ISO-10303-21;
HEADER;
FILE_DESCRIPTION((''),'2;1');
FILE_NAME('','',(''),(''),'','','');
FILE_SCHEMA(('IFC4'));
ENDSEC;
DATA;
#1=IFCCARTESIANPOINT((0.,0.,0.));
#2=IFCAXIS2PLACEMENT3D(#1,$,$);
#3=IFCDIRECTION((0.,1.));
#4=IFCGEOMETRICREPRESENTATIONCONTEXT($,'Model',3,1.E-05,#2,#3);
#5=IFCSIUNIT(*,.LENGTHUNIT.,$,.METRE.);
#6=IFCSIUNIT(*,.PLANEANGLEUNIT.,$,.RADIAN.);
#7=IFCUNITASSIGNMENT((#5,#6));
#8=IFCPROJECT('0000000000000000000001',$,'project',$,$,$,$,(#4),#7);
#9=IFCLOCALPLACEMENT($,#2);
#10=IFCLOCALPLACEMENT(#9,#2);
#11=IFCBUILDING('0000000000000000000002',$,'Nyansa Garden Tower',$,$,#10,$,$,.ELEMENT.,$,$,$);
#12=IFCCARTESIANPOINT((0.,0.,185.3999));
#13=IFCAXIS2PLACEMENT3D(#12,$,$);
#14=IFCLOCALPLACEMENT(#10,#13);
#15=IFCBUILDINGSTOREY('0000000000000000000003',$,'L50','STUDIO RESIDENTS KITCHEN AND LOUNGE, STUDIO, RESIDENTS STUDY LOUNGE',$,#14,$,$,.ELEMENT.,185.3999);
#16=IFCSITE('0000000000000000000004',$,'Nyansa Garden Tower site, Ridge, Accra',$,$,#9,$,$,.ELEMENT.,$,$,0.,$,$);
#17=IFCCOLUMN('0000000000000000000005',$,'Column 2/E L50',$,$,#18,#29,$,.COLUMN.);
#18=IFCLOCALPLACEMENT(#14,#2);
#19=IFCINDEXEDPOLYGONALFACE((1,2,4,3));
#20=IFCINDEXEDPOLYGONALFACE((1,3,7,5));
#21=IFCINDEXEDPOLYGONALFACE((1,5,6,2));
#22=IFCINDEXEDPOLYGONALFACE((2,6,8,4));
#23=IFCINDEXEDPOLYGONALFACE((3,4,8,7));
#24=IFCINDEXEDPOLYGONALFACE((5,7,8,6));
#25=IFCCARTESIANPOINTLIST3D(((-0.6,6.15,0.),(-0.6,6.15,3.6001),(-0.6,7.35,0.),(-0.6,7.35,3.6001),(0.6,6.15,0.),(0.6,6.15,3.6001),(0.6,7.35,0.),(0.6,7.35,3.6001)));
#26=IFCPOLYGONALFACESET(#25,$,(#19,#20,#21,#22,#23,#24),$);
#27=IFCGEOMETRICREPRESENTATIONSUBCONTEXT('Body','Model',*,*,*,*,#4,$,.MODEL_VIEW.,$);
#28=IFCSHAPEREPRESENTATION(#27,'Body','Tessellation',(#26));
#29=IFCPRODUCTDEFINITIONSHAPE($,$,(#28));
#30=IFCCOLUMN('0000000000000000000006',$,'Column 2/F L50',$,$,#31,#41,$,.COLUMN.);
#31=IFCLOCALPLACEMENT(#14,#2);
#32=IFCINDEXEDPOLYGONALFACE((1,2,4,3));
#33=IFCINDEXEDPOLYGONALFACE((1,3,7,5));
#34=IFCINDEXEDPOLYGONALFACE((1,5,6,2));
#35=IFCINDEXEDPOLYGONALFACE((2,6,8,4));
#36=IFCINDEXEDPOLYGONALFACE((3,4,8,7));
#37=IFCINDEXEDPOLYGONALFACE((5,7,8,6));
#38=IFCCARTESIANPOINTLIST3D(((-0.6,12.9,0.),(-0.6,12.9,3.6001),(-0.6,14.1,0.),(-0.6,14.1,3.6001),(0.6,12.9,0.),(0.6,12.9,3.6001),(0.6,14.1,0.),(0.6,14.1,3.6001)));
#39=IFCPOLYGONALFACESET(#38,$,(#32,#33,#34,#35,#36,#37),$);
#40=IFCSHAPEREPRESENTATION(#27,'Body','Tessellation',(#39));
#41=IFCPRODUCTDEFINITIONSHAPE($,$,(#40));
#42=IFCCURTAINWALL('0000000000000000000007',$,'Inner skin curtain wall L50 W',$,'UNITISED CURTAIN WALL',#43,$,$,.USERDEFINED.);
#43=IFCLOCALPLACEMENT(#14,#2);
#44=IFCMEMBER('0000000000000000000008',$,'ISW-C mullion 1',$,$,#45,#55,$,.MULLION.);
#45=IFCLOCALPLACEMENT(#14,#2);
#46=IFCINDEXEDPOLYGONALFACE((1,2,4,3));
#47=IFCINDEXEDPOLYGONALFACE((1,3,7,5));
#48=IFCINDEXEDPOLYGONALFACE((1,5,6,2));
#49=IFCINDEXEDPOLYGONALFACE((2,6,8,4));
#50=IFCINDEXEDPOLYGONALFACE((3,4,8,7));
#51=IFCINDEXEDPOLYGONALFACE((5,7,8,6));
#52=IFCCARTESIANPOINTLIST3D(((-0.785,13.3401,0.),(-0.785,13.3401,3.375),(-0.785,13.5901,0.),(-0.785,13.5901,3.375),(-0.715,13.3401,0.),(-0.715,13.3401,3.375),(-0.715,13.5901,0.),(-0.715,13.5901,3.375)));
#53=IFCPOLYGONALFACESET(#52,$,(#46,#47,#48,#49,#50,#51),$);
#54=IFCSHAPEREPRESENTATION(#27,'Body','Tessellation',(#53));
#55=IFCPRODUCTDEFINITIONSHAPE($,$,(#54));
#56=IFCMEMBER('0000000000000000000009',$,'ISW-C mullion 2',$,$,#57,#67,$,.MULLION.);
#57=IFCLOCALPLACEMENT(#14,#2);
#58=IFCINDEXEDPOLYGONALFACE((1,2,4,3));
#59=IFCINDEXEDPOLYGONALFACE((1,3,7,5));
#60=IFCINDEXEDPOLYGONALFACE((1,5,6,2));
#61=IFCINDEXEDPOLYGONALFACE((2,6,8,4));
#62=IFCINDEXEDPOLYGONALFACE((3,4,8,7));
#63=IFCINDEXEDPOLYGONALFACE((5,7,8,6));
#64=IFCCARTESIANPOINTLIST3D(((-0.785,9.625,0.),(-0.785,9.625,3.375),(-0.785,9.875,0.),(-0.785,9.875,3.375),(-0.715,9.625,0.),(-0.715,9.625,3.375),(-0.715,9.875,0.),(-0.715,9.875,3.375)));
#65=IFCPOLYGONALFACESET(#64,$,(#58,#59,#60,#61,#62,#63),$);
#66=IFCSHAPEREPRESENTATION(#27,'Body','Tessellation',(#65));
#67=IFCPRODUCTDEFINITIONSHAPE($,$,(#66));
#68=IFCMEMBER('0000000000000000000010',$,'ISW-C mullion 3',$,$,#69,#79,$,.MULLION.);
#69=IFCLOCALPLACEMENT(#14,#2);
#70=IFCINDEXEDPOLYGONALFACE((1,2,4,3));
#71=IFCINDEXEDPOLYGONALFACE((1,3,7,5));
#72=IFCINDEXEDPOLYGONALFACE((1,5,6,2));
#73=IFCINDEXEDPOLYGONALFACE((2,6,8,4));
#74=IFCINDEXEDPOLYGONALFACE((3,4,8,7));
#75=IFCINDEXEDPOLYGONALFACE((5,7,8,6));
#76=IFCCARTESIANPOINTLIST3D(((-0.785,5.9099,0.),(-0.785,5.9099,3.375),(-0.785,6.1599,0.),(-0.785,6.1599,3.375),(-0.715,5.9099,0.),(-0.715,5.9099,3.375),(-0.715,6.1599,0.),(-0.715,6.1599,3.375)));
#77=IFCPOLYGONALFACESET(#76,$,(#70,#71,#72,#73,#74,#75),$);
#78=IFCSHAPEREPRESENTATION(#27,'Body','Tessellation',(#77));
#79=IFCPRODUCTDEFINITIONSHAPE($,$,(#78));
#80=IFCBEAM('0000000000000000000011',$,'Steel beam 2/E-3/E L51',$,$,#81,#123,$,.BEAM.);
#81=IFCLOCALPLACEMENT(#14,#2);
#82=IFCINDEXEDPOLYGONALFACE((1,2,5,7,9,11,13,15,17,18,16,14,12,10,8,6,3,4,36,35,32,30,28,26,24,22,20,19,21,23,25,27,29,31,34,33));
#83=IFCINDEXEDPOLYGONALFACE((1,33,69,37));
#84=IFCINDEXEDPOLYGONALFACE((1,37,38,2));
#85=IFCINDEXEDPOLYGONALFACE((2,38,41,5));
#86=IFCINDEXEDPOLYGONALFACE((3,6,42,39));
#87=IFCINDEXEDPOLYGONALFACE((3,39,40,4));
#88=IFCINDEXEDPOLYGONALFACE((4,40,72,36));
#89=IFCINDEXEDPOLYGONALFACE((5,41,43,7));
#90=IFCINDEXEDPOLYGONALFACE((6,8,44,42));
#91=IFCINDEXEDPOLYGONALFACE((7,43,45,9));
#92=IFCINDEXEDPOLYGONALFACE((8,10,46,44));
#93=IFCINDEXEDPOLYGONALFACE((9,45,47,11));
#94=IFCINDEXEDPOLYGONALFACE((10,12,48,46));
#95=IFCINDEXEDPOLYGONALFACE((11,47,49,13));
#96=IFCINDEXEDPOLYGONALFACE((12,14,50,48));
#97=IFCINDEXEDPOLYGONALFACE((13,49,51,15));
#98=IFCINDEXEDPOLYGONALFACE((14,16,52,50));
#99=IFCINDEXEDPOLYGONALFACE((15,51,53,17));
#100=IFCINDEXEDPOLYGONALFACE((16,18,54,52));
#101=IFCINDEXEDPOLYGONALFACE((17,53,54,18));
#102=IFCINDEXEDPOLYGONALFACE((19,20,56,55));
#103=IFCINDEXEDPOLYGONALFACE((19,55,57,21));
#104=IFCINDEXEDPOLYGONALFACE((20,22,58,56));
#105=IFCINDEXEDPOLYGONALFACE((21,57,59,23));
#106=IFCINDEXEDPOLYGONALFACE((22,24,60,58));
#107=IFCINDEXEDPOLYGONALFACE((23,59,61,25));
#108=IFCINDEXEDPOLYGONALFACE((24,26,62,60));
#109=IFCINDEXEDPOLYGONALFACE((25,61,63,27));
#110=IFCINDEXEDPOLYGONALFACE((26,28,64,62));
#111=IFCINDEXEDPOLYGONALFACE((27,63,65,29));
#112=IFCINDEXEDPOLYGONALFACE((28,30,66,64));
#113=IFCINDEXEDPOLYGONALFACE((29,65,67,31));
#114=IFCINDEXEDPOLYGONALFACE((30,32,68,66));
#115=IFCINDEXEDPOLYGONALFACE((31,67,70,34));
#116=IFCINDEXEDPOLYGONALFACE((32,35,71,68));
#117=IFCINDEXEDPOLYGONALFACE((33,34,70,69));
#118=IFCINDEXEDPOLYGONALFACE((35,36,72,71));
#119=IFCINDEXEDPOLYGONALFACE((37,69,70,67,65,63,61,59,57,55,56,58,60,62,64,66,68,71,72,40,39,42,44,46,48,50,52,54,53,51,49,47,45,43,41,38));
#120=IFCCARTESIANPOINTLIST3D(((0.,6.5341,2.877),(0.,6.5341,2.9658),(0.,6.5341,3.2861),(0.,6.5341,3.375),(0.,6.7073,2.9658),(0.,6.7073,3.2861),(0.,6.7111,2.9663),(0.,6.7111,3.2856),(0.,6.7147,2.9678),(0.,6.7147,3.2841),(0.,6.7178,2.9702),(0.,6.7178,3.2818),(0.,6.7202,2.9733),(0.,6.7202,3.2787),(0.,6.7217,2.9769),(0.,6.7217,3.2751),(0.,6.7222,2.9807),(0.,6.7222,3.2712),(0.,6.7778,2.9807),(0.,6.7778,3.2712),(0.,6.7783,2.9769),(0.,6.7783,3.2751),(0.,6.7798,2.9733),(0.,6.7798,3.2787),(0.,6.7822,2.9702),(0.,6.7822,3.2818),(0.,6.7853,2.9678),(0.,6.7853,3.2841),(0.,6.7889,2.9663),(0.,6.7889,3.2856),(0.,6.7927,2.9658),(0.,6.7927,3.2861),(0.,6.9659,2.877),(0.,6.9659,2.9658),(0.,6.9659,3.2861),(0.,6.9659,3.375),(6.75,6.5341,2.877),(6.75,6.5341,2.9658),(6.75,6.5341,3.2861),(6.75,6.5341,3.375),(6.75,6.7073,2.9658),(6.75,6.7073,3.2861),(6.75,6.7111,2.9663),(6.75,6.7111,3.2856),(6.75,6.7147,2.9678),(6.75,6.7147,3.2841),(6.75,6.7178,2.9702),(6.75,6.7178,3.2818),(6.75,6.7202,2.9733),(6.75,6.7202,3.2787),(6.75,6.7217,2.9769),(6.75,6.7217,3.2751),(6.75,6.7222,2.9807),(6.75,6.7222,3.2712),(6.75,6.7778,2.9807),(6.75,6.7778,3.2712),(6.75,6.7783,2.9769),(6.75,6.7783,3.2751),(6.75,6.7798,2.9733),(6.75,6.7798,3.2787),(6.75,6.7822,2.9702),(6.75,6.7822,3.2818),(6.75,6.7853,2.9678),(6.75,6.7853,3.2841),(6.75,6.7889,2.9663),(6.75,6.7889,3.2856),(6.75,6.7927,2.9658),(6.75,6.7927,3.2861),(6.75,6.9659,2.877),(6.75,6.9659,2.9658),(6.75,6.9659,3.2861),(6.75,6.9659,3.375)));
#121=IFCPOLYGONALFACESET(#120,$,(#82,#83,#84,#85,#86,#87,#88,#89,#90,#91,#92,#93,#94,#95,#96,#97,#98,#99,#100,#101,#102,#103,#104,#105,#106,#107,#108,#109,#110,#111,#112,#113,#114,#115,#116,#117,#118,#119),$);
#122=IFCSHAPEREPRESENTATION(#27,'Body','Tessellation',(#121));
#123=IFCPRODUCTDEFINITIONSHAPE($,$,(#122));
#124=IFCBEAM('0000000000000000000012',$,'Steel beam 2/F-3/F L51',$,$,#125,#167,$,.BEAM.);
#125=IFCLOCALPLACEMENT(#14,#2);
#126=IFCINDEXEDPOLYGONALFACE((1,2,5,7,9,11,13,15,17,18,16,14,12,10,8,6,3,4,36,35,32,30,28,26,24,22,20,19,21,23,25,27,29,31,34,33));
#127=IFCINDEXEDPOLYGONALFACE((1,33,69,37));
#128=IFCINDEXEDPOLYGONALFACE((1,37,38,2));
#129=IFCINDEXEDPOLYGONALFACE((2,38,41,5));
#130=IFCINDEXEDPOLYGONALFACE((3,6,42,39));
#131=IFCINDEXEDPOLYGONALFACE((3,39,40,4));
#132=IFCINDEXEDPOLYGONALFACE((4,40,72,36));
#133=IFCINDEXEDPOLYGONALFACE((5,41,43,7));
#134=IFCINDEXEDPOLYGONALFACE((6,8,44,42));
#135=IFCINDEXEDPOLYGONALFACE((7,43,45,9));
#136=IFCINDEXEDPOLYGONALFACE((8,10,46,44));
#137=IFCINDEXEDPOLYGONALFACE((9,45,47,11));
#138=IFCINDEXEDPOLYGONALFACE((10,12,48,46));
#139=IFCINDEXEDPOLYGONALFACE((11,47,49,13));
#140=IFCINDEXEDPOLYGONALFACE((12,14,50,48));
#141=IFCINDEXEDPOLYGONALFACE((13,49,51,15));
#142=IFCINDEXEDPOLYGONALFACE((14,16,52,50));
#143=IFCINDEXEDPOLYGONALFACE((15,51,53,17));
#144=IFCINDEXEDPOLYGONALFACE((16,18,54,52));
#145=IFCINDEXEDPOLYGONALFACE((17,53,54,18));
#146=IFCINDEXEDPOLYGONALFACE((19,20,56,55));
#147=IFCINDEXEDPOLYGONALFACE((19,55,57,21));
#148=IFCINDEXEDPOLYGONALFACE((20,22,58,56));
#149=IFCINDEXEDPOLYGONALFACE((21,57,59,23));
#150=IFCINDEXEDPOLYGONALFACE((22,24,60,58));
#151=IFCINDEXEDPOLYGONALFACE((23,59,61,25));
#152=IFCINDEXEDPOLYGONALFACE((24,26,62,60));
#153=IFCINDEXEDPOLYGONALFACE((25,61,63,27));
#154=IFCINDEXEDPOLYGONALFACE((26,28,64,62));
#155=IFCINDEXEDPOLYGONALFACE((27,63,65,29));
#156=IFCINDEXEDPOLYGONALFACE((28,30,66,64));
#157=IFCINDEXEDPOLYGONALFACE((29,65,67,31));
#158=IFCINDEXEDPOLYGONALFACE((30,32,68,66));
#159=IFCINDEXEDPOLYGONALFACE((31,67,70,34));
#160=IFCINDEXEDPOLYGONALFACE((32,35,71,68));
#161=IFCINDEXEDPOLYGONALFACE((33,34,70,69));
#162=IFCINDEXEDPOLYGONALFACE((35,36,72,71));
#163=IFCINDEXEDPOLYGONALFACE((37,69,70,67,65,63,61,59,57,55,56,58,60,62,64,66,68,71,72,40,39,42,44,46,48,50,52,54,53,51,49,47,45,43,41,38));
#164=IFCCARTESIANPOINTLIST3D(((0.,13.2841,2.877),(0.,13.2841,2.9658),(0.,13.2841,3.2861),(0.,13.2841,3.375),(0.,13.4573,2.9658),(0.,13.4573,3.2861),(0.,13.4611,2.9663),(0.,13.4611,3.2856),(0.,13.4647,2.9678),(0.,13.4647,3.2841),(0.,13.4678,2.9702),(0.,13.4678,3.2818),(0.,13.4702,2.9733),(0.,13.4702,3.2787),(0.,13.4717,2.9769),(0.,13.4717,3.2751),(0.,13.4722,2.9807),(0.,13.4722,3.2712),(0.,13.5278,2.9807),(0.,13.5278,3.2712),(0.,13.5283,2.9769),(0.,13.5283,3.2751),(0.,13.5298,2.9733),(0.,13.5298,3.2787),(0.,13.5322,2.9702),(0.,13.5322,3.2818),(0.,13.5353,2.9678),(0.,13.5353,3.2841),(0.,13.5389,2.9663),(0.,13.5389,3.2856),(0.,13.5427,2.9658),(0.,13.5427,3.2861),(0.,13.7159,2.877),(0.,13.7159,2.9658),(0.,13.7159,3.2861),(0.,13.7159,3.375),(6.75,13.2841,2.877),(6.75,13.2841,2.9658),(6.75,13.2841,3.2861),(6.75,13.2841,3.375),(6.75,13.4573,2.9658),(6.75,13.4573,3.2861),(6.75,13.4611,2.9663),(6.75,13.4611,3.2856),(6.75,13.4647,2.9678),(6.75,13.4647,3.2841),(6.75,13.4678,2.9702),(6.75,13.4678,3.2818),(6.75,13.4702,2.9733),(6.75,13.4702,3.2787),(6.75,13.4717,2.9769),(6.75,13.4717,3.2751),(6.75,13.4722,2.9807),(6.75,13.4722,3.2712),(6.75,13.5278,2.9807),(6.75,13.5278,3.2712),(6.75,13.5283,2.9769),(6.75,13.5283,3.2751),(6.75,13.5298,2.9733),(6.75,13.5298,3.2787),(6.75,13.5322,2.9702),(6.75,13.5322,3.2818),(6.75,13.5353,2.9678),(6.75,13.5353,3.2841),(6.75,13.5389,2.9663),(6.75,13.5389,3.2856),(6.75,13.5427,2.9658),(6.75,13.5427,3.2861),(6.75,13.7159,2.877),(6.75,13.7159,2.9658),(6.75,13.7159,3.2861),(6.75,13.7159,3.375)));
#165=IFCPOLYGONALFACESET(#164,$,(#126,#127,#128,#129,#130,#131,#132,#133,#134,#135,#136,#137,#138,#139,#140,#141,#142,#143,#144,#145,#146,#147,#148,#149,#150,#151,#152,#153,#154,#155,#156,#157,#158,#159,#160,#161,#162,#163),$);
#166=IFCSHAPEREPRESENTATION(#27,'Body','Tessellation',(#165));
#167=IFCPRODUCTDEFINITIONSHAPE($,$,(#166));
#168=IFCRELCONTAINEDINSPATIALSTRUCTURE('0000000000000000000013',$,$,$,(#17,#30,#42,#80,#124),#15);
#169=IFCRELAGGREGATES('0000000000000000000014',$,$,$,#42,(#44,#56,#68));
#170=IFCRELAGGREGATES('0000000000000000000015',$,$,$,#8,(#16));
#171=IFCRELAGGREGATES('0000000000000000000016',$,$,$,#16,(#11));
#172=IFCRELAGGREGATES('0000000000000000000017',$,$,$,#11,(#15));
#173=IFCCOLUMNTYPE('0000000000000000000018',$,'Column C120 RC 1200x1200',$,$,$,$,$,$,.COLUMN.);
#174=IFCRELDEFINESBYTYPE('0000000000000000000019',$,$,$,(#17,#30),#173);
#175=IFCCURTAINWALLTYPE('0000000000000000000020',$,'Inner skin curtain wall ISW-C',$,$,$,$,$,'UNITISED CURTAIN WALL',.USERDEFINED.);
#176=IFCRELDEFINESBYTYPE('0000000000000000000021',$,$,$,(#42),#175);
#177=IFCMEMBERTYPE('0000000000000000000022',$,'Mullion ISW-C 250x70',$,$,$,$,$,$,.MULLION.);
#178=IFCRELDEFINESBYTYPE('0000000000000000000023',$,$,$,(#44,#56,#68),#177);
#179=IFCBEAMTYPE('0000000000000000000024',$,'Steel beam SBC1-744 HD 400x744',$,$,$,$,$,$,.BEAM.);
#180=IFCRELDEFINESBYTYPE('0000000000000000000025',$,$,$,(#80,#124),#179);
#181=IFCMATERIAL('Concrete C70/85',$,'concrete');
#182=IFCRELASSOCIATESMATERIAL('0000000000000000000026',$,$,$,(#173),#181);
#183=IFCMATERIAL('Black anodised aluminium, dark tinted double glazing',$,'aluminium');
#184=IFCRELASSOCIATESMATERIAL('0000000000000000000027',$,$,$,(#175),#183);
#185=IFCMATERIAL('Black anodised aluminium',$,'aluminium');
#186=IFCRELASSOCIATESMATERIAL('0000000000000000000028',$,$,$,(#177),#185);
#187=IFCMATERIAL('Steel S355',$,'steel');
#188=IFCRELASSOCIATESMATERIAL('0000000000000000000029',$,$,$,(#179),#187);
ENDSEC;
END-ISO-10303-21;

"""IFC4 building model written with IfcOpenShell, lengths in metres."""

from ifc_helpers import new_model, si_unit, direction, frame, origin, origin_2d, place, context, subcontext, project, spatial, rectangle, i_section, extrude, material, material_profile, profile_set, type_object, element, aggregate, save


model = new_model("IFC4")

# Units and contexts
model_context = context("Model", 3, precision=1e-05, world=origin(), true_north=direction((0.0, 1.0)))
body_context = subcontext(model_context, "Body", "Model", "MODEL_VIEW")
ifc_project = project(units=[si_unit("LENGTHUNIT", "METRE"), si_unit("PLANEANGLEUNIT", "RADIAN")], contexts=[model_context])

# Site, building, storey
site_placement = place(None, origin())
site = spatial("IfcSite", under=ifc_project, at=site_placement, Name="Nyansa Garden Tower site, Ridge, Accra", CompositionType="ELEMENT", RefElevation=0.0)
building_placement = place(site_placement, origin())
building = spatial("IfcBuilding", under=site, at=building_placement, Name="Nyansa Garden Tower", CompositionType="ELEMENT")
storey_placement = place(building_placement, frame((0.0, 0.0, 185.3999)))
storey = spatial("IfcBuildingStorey", under=building, at=storey_placement, Name="L50", Description="STUDIO RESIDENTS KITCHEN AND LOUNGE, STUDIO, RESIDENTS STUDY LOUNGE", CompositionType="ELEMENT", Elevation=185.3999)

# Columns
ifc_material_1 = material(Name="Concrete C70/85", Category="concrete")
ifc_material_profile_1 = material_profile(ifc_material_1, rectangle(XDim=1.2, YDim=1.2, at=origin_2d()), Name="RC 1200x1200")
ifc_profile_set_1 = profile_set([ifc_material_profile_1], Name="Concrete C70/85")
column_type = type_object("IfcColumnType", Name="Column C120 RC 1200x1200", PredefinedType="COLUMN", material=ifc_profile_set_1)
for number, where, z_axis, x_axis, name in (
    (1, (0.0, 6.75, 0.0), (0.0, 0.0, 1.0), (1.0, 0.0, 0.0), "Column 2/E L50"),
    (2, (0.0, 13.5, 0.0), (0.0, 0.0, 1.0), (1.0, 0.0, 0.0), "Column 2/F L50"),
):
    element("IfcColumn", number, at=place(storey_placement, frame(where, z_axis=z_axis, x_axis=x_axis)), inside=storey, type_object=column_type, Name=name, PredefinedType="COLUMN", context=body_context, shape_type="SweptSolid", body=[
        extrude(rectangle(XDim=1.2, YDim=1.2, at=origin_2d()), origin(), (0.0, 0.0, 1.0), 3.6001),
    ])

# Curtain wall, members
ifc_material_2 = material(Name="Black anodised aluminium, dark tinted double glazing", Category="aluminium")
curtain_wall_type = type_object("IfcCurtainWallType", Name="Inner skin curtain wall ISW-C", ElementType="UNITISED CURTAIN WALL", PredefinedType="USERDEFINED", material=ifc_material_2)
curtain_wall_placement = place(storey_placement, origin())
curtain_wall = element("IfcCurtainWall", 3, at=curtain_wall_placement, inside=storey, type_object=curtain_wall_type, Name="Inner skin curtain wall L50 W", ObjectType="UNITISED CURTAIN WALL", PredefinedType="USERDEFINED")
ifc_material_3 = material(Name="Black anodised aluminium", Category="aluminium")
ifc_material_profile_2 = material_profile(ifc_material_3, rectangle(XDim=0.0701, YDim=0.25, at=origin_2d()), Name="Mullion 250x70")
ifc_profile_set_2 = profile_set([ifc_material_profile_2], Name="Black anodised aluminium")
member_type_1 = type_object("IfcMemberType", Name="Mullion ISW-C 250x70", PredefinedType="MULLION", material=ifc_profile_set_2)
member_1_placement = place(storey_placement, frame((-0.75, 13.4651, 0.0), z_axis=(0.0, 0.0, 1.0), x_axis=(1.0, 0.0, 0.0)))
member_1 = element("IfcMember", 4, at=member_1_placement, type_object=member_type_1, Name="ISW-C mullion 1", PredefinedType="MULLION", context=body_context, shape_type="SweptSolid", body=[
    extrude(rectangle(XDim=0.0701, YDim=0.25, at=origin_2d()), origin(), (0.0, 0.0, 1.0), 3.375),
])
member_2_placement = place(storey_placement, frame((-0.75, 9.75, 0.0), z_axis=(0.0, 0.0, 1.0), x_axis=(1.0, 0.0, 0.0)))
member_2 = element("IfcMember", 5, at=member_2_placement, type_object=member_type_1, Name="ISW-C mullion 2", PredefinedType="MULLION", context=body_context, shape_type="SweptSolid", body=[
    extrude(rectangle(XDim=0.0701, YDim=0.25, at=origin_2d()), origin(), (0.0, 0.0, 1.0), 3.375),
])
member_3_placement = place(storey_placement, frame((-0.75, 6.0349, 0.0), z_axis=(0.0, 0.0, 1.0), x_axis=(1.0, 0.0, 0.0)))
member_3 = element("IfcMember", 6, at=member_3_placement, type_object=member_type_1, Name="ISW-C mullion 3", PredefinedType="MULLION", context=body_context, shape_type="SweptSolid", body=[
    extrude(rectangle(XDim=0.0701, YDim=0.25, at=origin_2d()), origin(), (0.0, 0.0, 1.0), 3.375),
])

# Beams
ifc_material_4 = material(Name="Steel S355", Category="steel")
ifc_material_profile_3 = material_profile(ifc_material_4, i_section(OverallWidth=0.4319, OverallDepth=0.498, WebThickness=0.0557, FlangeThickness=0.0889, FilletRadius=0.0149, at=origin_2d()), Name="HD 400x744")
ifc_profile_set_3 = profile_set([ifc_material_profile_3], Name="Steel S355")
beam_type_1 = type_object("IfcBeamType", Name="Steel beam SBC1-744 HD 400x744", PredefinedType="BEAM", material=ifc_profile_set_3)
for number, where, z_axis, x_axis, name in (
    (7, (0.0, 6.75, 3.126), (1.0, 0.0, 0.0), (0.0, 1.0, 0.0), "Steel beam 2/E-3/E L51"),
    (8, (0.0, 13.5, 3.126), (1.0, 0.0, 0.0), (0.0, 1.0, 0.0), "Steel beam 2/F-3/F L51"),
):
    element("IfcBeam", number, at=place(storey_placement, frame(where, z_axis=z_axis, x_axis=x_axis)), inside=storey, type_object=beam_type_1, Name=name, PredefinedType="BEAM", context=body_context, shape_type="SweptSolid", body=[
        extrude(i_section(OverallWidth=0.4319, OverallDepth=0.498, WebThickness=0.0557, FlangeThickness=0.0889, FilletRadius=0.0149, at=origin_2d()), origin(), (0.0, 0.0, 1.0), 6.75),
    ])

aggregate(curtain_wall, [member_1, member_2, member_3])

save(model, "model.ifc")
